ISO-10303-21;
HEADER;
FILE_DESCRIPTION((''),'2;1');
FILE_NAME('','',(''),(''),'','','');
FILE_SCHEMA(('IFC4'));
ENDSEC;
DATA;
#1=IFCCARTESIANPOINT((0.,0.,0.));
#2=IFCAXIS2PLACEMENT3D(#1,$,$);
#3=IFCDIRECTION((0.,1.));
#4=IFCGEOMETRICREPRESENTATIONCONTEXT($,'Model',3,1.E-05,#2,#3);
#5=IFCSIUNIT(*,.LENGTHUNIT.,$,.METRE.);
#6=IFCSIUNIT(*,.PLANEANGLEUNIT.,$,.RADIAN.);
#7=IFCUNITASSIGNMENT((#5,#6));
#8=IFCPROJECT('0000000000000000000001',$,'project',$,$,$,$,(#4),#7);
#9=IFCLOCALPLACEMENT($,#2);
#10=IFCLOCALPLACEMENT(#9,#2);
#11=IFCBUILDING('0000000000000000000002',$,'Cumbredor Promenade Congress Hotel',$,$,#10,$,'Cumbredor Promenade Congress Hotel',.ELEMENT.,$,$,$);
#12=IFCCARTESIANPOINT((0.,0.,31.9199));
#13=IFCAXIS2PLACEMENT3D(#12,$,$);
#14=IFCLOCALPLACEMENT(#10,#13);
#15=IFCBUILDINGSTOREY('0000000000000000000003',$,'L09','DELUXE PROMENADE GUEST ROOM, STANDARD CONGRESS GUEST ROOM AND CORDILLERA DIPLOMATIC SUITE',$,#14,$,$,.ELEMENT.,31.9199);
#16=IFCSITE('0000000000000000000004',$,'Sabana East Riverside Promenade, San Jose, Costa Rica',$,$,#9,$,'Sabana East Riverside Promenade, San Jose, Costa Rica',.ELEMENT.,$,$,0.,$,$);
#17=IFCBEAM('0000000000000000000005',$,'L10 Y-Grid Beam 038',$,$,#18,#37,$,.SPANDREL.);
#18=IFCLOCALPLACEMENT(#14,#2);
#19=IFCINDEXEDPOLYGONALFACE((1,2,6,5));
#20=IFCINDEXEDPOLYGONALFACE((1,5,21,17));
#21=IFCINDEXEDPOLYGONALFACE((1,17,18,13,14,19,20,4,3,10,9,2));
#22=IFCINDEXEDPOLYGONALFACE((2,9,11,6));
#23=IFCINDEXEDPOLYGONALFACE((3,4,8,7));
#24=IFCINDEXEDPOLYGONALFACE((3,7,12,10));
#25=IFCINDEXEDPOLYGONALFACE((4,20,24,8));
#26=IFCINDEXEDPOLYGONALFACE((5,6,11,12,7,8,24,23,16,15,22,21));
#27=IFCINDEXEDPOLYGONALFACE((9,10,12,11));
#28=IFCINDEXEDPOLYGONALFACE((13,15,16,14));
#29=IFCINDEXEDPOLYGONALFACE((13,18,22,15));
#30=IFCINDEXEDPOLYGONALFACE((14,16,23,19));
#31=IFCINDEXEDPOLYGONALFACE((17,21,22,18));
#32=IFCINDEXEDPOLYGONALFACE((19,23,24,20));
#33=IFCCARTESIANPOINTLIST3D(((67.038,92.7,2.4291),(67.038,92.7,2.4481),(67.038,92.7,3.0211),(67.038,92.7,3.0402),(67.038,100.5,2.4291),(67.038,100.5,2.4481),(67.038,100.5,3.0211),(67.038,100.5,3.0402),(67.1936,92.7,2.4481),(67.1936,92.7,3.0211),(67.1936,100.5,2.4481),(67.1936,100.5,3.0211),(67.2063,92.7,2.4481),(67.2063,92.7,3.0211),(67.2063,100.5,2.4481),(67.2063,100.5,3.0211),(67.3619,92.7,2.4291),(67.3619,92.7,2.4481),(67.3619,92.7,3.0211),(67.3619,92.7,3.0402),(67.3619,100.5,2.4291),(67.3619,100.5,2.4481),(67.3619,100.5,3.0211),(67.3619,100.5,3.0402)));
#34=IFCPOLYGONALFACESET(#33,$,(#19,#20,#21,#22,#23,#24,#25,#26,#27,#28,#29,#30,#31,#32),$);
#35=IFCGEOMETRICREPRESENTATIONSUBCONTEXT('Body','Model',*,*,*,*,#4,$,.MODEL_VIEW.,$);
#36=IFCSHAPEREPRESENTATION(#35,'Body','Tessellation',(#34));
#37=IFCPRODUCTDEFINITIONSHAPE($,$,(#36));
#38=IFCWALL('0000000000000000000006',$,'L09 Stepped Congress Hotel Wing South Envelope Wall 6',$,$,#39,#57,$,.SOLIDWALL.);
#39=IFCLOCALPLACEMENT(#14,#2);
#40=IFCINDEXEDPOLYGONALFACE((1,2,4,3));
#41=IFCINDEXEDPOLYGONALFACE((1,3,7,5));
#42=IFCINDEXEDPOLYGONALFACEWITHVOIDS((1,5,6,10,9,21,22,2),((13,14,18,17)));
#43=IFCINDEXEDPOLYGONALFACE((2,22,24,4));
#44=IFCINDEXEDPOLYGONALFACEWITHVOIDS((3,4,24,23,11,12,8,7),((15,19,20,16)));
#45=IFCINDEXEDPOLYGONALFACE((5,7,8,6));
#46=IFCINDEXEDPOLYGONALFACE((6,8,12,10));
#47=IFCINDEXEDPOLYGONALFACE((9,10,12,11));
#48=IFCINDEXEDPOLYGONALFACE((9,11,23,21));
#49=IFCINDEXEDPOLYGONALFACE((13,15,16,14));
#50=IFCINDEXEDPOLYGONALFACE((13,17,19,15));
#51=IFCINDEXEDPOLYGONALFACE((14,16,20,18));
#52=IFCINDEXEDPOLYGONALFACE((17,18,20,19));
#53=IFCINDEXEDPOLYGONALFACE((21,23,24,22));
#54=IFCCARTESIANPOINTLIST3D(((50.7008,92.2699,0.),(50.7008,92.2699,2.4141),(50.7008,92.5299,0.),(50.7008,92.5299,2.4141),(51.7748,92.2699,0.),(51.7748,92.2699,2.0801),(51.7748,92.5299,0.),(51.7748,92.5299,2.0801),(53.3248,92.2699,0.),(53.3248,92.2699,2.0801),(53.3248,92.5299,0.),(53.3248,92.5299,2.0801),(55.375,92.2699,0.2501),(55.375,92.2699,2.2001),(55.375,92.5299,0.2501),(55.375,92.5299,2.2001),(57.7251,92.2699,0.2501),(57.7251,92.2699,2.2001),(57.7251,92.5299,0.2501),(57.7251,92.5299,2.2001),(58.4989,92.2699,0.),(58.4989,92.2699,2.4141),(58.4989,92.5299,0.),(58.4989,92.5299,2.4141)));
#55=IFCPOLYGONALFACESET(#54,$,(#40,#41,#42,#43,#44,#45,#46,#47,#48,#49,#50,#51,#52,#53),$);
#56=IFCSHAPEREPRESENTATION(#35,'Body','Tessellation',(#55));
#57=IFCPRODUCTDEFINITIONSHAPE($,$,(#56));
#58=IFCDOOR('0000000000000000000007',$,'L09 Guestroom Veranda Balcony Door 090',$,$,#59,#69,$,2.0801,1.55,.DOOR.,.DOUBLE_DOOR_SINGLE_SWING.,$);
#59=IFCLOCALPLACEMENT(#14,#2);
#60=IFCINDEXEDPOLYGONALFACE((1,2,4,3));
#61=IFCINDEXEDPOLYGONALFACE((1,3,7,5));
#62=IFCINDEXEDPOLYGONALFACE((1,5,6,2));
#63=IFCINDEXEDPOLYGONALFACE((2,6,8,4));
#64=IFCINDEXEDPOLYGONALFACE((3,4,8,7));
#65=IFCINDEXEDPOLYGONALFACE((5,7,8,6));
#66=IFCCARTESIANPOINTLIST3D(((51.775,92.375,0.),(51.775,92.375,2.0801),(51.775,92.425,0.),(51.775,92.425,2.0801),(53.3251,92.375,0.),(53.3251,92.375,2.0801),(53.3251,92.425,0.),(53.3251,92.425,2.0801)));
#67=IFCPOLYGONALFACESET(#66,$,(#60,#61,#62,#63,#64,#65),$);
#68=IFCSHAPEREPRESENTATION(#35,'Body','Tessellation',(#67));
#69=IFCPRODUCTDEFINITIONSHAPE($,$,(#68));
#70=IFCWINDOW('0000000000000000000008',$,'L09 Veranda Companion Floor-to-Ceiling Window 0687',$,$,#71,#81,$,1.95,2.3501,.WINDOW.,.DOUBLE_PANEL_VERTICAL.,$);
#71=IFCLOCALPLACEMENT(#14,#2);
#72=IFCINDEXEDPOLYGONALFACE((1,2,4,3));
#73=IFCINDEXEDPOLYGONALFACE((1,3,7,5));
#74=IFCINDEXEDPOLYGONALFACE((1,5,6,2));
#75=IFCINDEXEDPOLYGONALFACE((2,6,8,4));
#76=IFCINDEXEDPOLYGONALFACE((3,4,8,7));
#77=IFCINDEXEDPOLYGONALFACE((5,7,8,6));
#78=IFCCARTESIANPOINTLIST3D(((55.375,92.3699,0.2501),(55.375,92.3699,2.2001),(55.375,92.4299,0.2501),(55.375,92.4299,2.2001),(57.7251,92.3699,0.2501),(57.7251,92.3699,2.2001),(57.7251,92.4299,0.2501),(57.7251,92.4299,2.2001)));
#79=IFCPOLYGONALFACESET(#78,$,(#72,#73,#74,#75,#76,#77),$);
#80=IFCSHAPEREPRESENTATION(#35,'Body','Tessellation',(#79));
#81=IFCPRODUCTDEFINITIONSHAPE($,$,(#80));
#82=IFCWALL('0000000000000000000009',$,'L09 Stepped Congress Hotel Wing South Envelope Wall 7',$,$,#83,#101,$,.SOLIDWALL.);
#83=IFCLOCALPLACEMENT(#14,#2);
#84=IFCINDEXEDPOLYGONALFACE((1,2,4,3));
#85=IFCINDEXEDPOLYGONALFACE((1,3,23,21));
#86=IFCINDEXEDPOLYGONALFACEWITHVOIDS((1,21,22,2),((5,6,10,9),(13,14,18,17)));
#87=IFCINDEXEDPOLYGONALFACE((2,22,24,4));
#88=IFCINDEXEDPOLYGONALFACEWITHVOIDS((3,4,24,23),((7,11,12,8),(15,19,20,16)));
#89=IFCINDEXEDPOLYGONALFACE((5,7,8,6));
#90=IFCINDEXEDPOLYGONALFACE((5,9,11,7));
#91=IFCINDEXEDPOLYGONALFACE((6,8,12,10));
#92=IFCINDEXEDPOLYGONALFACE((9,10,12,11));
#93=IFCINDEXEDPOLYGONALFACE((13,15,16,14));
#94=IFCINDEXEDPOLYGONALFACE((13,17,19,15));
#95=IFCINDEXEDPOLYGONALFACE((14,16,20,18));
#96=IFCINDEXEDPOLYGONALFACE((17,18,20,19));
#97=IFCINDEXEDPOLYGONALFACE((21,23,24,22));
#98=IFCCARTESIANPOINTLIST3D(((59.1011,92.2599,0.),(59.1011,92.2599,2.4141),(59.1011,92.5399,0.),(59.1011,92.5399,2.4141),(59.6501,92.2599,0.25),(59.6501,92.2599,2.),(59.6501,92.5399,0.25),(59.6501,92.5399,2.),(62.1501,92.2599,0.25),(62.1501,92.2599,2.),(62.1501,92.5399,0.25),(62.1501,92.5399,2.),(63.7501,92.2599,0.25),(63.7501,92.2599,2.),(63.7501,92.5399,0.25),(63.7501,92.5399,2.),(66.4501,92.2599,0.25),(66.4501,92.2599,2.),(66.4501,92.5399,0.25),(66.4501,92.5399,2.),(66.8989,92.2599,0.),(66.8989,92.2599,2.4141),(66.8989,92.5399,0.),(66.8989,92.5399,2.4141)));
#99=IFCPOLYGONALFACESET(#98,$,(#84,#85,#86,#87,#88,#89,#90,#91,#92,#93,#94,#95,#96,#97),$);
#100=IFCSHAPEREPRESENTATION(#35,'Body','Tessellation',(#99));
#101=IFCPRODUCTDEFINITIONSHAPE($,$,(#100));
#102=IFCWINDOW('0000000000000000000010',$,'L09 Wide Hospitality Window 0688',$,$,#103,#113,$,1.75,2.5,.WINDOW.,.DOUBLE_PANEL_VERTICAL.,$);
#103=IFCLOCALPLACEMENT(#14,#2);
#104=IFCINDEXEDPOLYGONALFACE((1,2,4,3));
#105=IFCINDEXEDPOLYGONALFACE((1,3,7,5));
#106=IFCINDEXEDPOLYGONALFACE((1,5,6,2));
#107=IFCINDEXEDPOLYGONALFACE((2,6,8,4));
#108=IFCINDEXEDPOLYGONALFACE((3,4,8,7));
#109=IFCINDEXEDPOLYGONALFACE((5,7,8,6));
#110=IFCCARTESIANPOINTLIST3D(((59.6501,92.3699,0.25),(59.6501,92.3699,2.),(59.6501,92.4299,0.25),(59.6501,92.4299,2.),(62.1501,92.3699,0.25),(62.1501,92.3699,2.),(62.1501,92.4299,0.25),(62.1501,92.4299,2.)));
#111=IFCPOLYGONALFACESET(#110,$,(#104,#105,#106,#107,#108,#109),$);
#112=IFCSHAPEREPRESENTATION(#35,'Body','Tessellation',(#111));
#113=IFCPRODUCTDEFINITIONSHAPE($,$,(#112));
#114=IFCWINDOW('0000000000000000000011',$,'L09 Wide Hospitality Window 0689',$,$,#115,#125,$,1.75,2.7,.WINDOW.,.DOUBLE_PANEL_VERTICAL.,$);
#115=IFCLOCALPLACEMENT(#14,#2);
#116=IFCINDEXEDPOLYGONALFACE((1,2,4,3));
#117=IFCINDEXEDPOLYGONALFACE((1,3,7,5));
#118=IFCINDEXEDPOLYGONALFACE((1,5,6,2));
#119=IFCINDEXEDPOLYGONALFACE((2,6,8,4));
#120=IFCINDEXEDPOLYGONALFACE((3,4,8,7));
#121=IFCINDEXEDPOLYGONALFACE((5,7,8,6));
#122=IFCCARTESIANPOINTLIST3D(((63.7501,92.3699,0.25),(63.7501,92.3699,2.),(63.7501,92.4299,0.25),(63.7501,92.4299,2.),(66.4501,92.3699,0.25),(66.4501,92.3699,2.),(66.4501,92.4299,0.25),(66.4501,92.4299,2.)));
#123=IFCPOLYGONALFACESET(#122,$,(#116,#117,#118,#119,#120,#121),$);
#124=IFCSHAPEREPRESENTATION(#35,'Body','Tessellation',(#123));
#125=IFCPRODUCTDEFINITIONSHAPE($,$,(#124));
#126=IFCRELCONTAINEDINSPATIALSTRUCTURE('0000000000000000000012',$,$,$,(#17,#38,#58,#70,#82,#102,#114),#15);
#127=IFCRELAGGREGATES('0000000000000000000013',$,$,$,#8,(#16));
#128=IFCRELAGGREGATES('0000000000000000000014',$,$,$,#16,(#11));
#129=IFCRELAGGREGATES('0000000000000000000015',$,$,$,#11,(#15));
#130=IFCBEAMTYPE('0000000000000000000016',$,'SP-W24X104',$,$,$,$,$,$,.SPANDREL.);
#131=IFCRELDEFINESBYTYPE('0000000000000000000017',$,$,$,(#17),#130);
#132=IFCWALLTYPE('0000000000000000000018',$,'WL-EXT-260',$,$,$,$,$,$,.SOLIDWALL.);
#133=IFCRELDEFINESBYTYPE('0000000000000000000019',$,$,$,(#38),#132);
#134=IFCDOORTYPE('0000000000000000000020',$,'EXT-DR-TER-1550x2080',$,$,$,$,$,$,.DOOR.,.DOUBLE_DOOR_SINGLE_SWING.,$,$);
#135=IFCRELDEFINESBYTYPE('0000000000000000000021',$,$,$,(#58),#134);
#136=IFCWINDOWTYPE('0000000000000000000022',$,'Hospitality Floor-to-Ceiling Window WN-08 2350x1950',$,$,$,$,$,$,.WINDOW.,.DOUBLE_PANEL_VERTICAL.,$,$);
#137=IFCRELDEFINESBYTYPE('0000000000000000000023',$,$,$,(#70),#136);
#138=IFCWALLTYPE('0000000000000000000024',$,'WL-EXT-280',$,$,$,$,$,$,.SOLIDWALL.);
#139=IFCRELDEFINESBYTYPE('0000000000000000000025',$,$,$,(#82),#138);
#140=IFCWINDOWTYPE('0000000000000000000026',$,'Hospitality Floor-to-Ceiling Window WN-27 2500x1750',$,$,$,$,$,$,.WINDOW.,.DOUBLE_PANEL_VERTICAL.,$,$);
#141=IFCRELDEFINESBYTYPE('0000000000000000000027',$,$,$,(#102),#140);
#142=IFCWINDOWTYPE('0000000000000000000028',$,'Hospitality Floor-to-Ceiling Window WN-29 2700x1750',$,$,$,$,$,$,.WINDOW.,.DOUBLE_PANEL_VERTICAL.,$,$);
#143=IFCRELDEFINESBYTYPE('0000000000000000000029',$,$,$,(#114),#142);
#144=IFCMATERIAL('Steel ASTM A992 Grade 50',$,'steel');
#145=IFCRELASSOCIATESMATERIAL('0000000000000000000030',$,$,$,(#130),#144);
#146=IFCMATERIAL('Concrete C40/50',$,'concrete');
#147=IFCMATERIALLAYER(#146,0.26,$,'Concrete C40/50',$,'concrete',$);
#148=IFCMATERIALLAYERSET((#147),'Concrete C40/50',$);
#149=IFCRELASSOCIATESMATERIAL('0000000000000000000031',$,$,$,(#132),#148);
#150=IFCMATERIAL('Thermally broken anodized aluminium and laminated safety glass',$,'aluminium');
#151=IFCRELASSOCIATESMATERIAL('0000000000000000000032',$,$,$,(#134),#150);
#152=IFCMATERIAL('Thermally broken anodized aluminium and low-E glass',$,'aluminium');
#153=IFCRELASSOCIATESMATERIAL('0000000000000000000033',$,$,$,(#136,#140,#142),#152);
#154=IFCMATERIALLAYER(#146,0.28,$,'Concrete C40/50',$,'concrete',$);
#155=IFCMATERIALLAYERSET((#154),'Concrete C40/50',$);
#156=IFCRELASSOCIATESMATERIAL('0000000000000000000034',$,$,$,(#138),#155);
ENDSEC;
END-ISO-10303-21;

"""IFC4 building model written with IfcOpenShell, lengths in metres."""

from ifc_helpers import new_model, si_unit, direction, frame, frame_2d, origin, origin_2d, place, context, subcontext, project, spatial, rectangle, i_section, extrude, material, layer, layer_set, material_profile, profile_set, type_object, element, fill, save


model = new_model("IFC4")

# Units and contexts
model_context = context("Model", 3, precision=1e-05, world=origin(), true_north=direction((0.0, 1.0)))
body_context = subcontext(model_context, "Body", "Model", "MODEL_VIEW")
ifc_project = project(units=[si_unit("LENGTHUNIT", "METRE"), si_unit("PLANEANGLEUNIT", "RADIAN")], contexts=[model_context])

# Site, building, storey
site_placement = place(None, origin())
site = spatial("IfcSite", under=ifc_project, at=site_placement, Name="Sabana East Riverside Promenade, San Jose, Costa Rica", LongName="Sabana East Riverside Promenade, San Jose, Costa Rica", CompositionType="ELEMENT", RefElevation=0.0)
building_placement = place(site_placement, origin())
building = spatial("IfcBuilding", under=site, at=building_placement, Name="Cumbredor Promenade Congress Hotel", LongName="Cumbredor Promenade Congress Hotel", CompositionType="ELEMENT")
storey_placement = place(building_placement, frame((0.0, 0.0, 31.9199)))
storey = spatial("IfcBuildingStorey", under=building, at=storey_placement, Name="L09", Description="DELUXE PROMENADE GUEST ROOM, STANDARD CONGRESS GUEST ROOM AND CORDILLERA DIPLOMATIC SUITE", CompositionType="ELEMENT", Elevation=31.9199)

# Shared definitions
ifc_material_1 = material(Name="Concrete C40/50", Category="concrete")

# Beam
ifc_material_2 = material(Name="Steel ASTM A992 Grade 50", Category="steel")
ifc_material_profile_1 = material_profile(ifc_material_2, i_section(OverallWidth=0.324, OverallDepth=0.6111, WebThickness=0.0127, FlangeThickness=0.019, at=origin_2d()), Name="W24X104")
ifc_profile_set_1 = profile_set([ifc_material_profile_1], Name="Steel ASTM A992 Grade 50")
beam_type_1 = type_object("IfcBeamType", Name="SP-W24X104", PredefinedType="SPANDREL", material=ifc_profile_set_1)
beam_1_placement = place(storey_placement, frame((67.2, 92.7, 2.7346), z_axis=(0.0, 1.0, 0.0), x_axis=(-1.0, 0.0, 0.0)))
element("IfcBeam", 1, at=beam_1_placement, inside=storey, type_object=beam_type_1, Name="L10 Y-Grid Beam 038", PredefinedType="SPANDREL", context=body_context, shape_type="SweptSolid", body=[
    extrude(i_section(OverallWidth=0.324, OverallDepth=0.6111, WebThickness=0.0127, FlangeThickness=0.019, at=origin_2d()), origin(), (0.0, 0.0, 1.0), 7.8),
])

# Wall, openings, door, window
ifc_layer_1 = layer(ifc_material_1, 0.26, Name="Concrete C40/50", Category="concrete")
ifc_layer_set_1 = layer_set([ifc_layer_1], Name="Concrete C40/50")
wall_type_1 = type_object("IfcWallType", Name="WL-EXT-260", PredefinedType="SOLIDWALL", material=ifc_layer_set_1)
wall_1_placement = place(storey_placement, frame((50.7009, 92.3999, 0.0), z_axis=(0.0, 0.0, 1.0), x_axis=(1.0, 0.0, 0.0)))
wall_1 = element("IfcWall", 2, at=wall_1_placement, inside=storey, type_object=wall_type_1, Name="L09 Stepped Congress Hotel Wing South Envelope Wall 6", PredefinedType="SOLIDWALL", context=body_context, shape_type="SweptSolid", body=[
    extrude(rectangle(XDim=7.7981, YDim=0.26, at=frame_2d((3.8989, 0.0))), origin(), (0.0, 0.0, 1.0), 2.4141),
])
opening_1_placement = place(wall_1_placement, frame((1.074, 0.0, 0.0)))
opening_1 = element("IfcOpeningElement", 3, at=opening_1_placement, cuts=wall_1, PredefinedType="OPENING", context=body_context, shape_type="SweptSolid", body=[
    extrude(rectangle(XDim=1.55, YDim=2.0801, at=frame_2d((0.7749, 1.04))), frame((0.0, 0.1401, 0.0), z_axis=(0.0, -1.0, 0.0), x_axis=(1.0, 0.0, 0.0)), (0.0, 0.0, 1.0), 0.28),
])
opening_2_placement = place(wall_1_placement, frame((4.6741, 0.0, 0.25)))
opening_2 = element("IfcOpeningElement", 4, at=opening_2_placement, cuts=wall_1, PredefinedType="OPENING", context=body_context, shape_type="SweptSolid", body=[
    extrude(rectangle(XDim=2.3501, YDim=1.95, at=frame_2d((1.175, 0.9751))), frame((0.0, 0.1401, 0.0), z_axis=(0.0, -1.0, 0.0), x_axis=(1.0, 0.0, 0.0)), (0.0, 0.0, 1.0), 0.28),
])
ifc_material_3 = material(Name="Thermally broken anodized aluminium and laminated safety glass", Category="aluminium")
door_type = type_object("IfcDoorType", Name="EXT-DR-TER-1550x2080", OperationType="DOUBLE_DOOR_SINGLE_SWING", PredefinedType="DOOR", material=ifc_material_3)
door_placement = place(opening_1_placement, frame((1.55, 0.0, 0.0), z_axis=(0.0, 0.0, 1.0), x_axis=(-1.0, 0.0, 0.0)))
door = element("IfcDoor", 5, at=door_placement, inside=storey, type_object=door_type, Name="L09 Guestroom Veranda Balcony Door 090", OperationType="DOUBLE_DOOR_SINGLE_SWING", OverallHeight=2.0801, OverallWidth=1.55, PredefinedType="DOOR", context=body_context, shape_type="SweptSolid", body=[
    extrude(rectangle(XDim=1.55, YDim=2.0801, at=frame_2d((0.7749, 1.04))), frame((0.0, 0.0249, 0.0), z_axis=(0.0, -1.0, 0.0), x_axis=(1.0, 0.0, 0.0)), (0.0, 0.0, 1.0), 0.05),
])
fill(opening_1, door)
ifc_material_4 = material(Name="Thermally broken anodized aluminium and low-E glass", Category="aluminium")
window_type_1 = type_object("IfcWindowType", Name="Hospitality Floor-to-Ceiling Window WN-08 2350x1950", PartitioningType="DOUBLE_PANEL_VERTICAL", PredefinedType="WINDOW", material=ifc_material_4)
window_1_placement = place(opening_2_placement, origin())
window_1 = element("IfcWindow", 6, at=window_1_placement, inside=storey, type_object=window_type_1, Name="L09 Veranda Companion Floor-to-Ceiling Window 0687", OverallHeight=1.95, OverallWidth=2.3501, PartitioningType="DOUBLE_PANEL_VERTICAL", PredefinedType="WINDOW", context=body_context, shape_type="SweptSolid", body=[
    extrude(rectangle(XDim=2.3501, YDim=1.95, at=frame_2d((1.175, 0.9751))), frame((0.0, 0.03, 0.0), z_axis=(0.0, -1.0, 0.0), x_axis=(1.0, 0.0, 0.0)), (0.0, 0.0, 1.0), 0.0601),
])
fill(opening_2, window_1)

# Wall, openings, windows
ifc_layer_2 = layer(ifc_material_1, 0.28, Name="Concrete C40/50", Category="concrete")
ifc_layer_set_2 = layer_set([ifc_layer_2], Name="Concrete C40/50")
wall_type_2 = type_object("IfcWallType", Name="WL-EXT-280", PredefinedType="SOLIDWALL", material=ifc_layer_set_2)
wall_2_placement = place(storey_placement, frame((59.1011, 92.3999, 0.0), z_axis=(0.0, 0.0, 1.0), x_axis=(1.0, 0.0, 0.0)))
wall_2 = element("IfcWall", 7, at=wall_2_placement, inside=storey, type_object=wall_type_2, Name="L09 Stepped Congress Hotel Wing South Envelope Wall 7", PredefinedType="SOLIDWALL", context=body_context, shape_type="SweptSolid", body=[
    extrude(rectangle(XDim=7.7979, YDim=0.28, at=frame_2d((3.8989, 0.0))), origin(), (0.0, 0.0, 1.0), 2.4141),
])
opening_3_placement = place(wall_2_placement, frame((0.5491, 0.0, 0.25)))
opening_3 = element("IfcOpeningElement", 8, at=opening_3_placement, cuts=wall_2, PredefinedType="OPENING", context=body_context, shape_type="SweptSolid", body=[
    extrude(rectangle(XDim=2.5, YDim=1.75, at=frame_2d((1.25, 0.875))), frame((0.0, 0.1499, 0.0), z_axis=(0.0, -1.0, 0.0), x_axis=(1.0, 0.0, 0.0)), (0.0, 0.0, 1.0), 0.3),
])
opening_4_placement = place(wall_2_placement, frame((4.6489, 0.0, 0.25)))
opening_4 = element("IfcOpeningElement", 9, at=opening_4_placement, cuts=wall_2, PredefinedType="OPENING", context=body_context, shape_type="SweptSolid", body=[
    extrude(rectangle(XDim=2.7, YDim=1.75, at=frame_2d((1.3501, 0.875))), frame((0.0, 0.1499, 0.0), z_axis=(0.0, -1.0, 0.0), x_axis=(1.0, 0.0, 0.0)), (0.0, 0.0, 1.0), 0.3),
])
window_type_2 = type_object("IfcWindowType", Name="Hospitality Floor-to-Ceiling Window WN-27 2500x1750", PartitioningType="DOUBLE_PANEL_VERTICAL", PredefinedType="WINDOW", material=ifc_material_4)
window_2_placement = place(opening_3_placement, origin())
window_2 = element("IfcWindow", 10, at=window_2_placement, inside=storey, type_object=window_type_2, Name="L09 Wide Hospitality Window 0688", OverallHeight=1.75, OverallWidth=2.5, PartitioningType="DOUBLE_PANEL_VERTICAL", PredefinedType="WINDOW", context=body_context, shape_type="SweptSolid", body=[
    extrude(rectangle(XDim=2.5, YDim=1.75, at=frame_2d((1.25, 0.875))), frame((0.0, 0.03, 0.0), z_axis=(0.0, -1.0, 0.0), x_axis=(1.0, 0.0, 0.0)), (0.0, 0.0, 1.0), 0.0601),
])
fill(opening_3, window_2)
window_type_3 = type_object("IfcWindowType", Name="Hospitality Floor-to-Ceiling Window WN-29 2700x1750", PartitioningType="DOUBLE_PANEL_VERTICAL", PredefinedType="WINDOW", material=ifc_material_4)
window_3_placement = place(opening_4_placement, origin())
window_3 = element("IfcWindow", 11, at=window_3_placement, inside=storey, type_object=window_type_3, Name="L09 Wide Hospitality Window 0689", OverallHeight=1.75, OverallWidth=2.7, PartitioningType="DOUBLE_PANEL_VERTICAL", PredefinedType="WINDOW", context=body_context, shape_type="SweptSolid", body=[
    extrude(rectangle(XDim=2.7, YDim=1.75, at=frame_2d((1.3501, 0.875))), frame((0.0, 0.03, 0.0), z_axis=(0.0, -1.0, 0.0), x_axis=(1.0, 0.0, 0.0)), (0.0, 0.0, 1.0), 0.0601),
])
fill(opening_4, window_3)

save(model, "model.ifc")
